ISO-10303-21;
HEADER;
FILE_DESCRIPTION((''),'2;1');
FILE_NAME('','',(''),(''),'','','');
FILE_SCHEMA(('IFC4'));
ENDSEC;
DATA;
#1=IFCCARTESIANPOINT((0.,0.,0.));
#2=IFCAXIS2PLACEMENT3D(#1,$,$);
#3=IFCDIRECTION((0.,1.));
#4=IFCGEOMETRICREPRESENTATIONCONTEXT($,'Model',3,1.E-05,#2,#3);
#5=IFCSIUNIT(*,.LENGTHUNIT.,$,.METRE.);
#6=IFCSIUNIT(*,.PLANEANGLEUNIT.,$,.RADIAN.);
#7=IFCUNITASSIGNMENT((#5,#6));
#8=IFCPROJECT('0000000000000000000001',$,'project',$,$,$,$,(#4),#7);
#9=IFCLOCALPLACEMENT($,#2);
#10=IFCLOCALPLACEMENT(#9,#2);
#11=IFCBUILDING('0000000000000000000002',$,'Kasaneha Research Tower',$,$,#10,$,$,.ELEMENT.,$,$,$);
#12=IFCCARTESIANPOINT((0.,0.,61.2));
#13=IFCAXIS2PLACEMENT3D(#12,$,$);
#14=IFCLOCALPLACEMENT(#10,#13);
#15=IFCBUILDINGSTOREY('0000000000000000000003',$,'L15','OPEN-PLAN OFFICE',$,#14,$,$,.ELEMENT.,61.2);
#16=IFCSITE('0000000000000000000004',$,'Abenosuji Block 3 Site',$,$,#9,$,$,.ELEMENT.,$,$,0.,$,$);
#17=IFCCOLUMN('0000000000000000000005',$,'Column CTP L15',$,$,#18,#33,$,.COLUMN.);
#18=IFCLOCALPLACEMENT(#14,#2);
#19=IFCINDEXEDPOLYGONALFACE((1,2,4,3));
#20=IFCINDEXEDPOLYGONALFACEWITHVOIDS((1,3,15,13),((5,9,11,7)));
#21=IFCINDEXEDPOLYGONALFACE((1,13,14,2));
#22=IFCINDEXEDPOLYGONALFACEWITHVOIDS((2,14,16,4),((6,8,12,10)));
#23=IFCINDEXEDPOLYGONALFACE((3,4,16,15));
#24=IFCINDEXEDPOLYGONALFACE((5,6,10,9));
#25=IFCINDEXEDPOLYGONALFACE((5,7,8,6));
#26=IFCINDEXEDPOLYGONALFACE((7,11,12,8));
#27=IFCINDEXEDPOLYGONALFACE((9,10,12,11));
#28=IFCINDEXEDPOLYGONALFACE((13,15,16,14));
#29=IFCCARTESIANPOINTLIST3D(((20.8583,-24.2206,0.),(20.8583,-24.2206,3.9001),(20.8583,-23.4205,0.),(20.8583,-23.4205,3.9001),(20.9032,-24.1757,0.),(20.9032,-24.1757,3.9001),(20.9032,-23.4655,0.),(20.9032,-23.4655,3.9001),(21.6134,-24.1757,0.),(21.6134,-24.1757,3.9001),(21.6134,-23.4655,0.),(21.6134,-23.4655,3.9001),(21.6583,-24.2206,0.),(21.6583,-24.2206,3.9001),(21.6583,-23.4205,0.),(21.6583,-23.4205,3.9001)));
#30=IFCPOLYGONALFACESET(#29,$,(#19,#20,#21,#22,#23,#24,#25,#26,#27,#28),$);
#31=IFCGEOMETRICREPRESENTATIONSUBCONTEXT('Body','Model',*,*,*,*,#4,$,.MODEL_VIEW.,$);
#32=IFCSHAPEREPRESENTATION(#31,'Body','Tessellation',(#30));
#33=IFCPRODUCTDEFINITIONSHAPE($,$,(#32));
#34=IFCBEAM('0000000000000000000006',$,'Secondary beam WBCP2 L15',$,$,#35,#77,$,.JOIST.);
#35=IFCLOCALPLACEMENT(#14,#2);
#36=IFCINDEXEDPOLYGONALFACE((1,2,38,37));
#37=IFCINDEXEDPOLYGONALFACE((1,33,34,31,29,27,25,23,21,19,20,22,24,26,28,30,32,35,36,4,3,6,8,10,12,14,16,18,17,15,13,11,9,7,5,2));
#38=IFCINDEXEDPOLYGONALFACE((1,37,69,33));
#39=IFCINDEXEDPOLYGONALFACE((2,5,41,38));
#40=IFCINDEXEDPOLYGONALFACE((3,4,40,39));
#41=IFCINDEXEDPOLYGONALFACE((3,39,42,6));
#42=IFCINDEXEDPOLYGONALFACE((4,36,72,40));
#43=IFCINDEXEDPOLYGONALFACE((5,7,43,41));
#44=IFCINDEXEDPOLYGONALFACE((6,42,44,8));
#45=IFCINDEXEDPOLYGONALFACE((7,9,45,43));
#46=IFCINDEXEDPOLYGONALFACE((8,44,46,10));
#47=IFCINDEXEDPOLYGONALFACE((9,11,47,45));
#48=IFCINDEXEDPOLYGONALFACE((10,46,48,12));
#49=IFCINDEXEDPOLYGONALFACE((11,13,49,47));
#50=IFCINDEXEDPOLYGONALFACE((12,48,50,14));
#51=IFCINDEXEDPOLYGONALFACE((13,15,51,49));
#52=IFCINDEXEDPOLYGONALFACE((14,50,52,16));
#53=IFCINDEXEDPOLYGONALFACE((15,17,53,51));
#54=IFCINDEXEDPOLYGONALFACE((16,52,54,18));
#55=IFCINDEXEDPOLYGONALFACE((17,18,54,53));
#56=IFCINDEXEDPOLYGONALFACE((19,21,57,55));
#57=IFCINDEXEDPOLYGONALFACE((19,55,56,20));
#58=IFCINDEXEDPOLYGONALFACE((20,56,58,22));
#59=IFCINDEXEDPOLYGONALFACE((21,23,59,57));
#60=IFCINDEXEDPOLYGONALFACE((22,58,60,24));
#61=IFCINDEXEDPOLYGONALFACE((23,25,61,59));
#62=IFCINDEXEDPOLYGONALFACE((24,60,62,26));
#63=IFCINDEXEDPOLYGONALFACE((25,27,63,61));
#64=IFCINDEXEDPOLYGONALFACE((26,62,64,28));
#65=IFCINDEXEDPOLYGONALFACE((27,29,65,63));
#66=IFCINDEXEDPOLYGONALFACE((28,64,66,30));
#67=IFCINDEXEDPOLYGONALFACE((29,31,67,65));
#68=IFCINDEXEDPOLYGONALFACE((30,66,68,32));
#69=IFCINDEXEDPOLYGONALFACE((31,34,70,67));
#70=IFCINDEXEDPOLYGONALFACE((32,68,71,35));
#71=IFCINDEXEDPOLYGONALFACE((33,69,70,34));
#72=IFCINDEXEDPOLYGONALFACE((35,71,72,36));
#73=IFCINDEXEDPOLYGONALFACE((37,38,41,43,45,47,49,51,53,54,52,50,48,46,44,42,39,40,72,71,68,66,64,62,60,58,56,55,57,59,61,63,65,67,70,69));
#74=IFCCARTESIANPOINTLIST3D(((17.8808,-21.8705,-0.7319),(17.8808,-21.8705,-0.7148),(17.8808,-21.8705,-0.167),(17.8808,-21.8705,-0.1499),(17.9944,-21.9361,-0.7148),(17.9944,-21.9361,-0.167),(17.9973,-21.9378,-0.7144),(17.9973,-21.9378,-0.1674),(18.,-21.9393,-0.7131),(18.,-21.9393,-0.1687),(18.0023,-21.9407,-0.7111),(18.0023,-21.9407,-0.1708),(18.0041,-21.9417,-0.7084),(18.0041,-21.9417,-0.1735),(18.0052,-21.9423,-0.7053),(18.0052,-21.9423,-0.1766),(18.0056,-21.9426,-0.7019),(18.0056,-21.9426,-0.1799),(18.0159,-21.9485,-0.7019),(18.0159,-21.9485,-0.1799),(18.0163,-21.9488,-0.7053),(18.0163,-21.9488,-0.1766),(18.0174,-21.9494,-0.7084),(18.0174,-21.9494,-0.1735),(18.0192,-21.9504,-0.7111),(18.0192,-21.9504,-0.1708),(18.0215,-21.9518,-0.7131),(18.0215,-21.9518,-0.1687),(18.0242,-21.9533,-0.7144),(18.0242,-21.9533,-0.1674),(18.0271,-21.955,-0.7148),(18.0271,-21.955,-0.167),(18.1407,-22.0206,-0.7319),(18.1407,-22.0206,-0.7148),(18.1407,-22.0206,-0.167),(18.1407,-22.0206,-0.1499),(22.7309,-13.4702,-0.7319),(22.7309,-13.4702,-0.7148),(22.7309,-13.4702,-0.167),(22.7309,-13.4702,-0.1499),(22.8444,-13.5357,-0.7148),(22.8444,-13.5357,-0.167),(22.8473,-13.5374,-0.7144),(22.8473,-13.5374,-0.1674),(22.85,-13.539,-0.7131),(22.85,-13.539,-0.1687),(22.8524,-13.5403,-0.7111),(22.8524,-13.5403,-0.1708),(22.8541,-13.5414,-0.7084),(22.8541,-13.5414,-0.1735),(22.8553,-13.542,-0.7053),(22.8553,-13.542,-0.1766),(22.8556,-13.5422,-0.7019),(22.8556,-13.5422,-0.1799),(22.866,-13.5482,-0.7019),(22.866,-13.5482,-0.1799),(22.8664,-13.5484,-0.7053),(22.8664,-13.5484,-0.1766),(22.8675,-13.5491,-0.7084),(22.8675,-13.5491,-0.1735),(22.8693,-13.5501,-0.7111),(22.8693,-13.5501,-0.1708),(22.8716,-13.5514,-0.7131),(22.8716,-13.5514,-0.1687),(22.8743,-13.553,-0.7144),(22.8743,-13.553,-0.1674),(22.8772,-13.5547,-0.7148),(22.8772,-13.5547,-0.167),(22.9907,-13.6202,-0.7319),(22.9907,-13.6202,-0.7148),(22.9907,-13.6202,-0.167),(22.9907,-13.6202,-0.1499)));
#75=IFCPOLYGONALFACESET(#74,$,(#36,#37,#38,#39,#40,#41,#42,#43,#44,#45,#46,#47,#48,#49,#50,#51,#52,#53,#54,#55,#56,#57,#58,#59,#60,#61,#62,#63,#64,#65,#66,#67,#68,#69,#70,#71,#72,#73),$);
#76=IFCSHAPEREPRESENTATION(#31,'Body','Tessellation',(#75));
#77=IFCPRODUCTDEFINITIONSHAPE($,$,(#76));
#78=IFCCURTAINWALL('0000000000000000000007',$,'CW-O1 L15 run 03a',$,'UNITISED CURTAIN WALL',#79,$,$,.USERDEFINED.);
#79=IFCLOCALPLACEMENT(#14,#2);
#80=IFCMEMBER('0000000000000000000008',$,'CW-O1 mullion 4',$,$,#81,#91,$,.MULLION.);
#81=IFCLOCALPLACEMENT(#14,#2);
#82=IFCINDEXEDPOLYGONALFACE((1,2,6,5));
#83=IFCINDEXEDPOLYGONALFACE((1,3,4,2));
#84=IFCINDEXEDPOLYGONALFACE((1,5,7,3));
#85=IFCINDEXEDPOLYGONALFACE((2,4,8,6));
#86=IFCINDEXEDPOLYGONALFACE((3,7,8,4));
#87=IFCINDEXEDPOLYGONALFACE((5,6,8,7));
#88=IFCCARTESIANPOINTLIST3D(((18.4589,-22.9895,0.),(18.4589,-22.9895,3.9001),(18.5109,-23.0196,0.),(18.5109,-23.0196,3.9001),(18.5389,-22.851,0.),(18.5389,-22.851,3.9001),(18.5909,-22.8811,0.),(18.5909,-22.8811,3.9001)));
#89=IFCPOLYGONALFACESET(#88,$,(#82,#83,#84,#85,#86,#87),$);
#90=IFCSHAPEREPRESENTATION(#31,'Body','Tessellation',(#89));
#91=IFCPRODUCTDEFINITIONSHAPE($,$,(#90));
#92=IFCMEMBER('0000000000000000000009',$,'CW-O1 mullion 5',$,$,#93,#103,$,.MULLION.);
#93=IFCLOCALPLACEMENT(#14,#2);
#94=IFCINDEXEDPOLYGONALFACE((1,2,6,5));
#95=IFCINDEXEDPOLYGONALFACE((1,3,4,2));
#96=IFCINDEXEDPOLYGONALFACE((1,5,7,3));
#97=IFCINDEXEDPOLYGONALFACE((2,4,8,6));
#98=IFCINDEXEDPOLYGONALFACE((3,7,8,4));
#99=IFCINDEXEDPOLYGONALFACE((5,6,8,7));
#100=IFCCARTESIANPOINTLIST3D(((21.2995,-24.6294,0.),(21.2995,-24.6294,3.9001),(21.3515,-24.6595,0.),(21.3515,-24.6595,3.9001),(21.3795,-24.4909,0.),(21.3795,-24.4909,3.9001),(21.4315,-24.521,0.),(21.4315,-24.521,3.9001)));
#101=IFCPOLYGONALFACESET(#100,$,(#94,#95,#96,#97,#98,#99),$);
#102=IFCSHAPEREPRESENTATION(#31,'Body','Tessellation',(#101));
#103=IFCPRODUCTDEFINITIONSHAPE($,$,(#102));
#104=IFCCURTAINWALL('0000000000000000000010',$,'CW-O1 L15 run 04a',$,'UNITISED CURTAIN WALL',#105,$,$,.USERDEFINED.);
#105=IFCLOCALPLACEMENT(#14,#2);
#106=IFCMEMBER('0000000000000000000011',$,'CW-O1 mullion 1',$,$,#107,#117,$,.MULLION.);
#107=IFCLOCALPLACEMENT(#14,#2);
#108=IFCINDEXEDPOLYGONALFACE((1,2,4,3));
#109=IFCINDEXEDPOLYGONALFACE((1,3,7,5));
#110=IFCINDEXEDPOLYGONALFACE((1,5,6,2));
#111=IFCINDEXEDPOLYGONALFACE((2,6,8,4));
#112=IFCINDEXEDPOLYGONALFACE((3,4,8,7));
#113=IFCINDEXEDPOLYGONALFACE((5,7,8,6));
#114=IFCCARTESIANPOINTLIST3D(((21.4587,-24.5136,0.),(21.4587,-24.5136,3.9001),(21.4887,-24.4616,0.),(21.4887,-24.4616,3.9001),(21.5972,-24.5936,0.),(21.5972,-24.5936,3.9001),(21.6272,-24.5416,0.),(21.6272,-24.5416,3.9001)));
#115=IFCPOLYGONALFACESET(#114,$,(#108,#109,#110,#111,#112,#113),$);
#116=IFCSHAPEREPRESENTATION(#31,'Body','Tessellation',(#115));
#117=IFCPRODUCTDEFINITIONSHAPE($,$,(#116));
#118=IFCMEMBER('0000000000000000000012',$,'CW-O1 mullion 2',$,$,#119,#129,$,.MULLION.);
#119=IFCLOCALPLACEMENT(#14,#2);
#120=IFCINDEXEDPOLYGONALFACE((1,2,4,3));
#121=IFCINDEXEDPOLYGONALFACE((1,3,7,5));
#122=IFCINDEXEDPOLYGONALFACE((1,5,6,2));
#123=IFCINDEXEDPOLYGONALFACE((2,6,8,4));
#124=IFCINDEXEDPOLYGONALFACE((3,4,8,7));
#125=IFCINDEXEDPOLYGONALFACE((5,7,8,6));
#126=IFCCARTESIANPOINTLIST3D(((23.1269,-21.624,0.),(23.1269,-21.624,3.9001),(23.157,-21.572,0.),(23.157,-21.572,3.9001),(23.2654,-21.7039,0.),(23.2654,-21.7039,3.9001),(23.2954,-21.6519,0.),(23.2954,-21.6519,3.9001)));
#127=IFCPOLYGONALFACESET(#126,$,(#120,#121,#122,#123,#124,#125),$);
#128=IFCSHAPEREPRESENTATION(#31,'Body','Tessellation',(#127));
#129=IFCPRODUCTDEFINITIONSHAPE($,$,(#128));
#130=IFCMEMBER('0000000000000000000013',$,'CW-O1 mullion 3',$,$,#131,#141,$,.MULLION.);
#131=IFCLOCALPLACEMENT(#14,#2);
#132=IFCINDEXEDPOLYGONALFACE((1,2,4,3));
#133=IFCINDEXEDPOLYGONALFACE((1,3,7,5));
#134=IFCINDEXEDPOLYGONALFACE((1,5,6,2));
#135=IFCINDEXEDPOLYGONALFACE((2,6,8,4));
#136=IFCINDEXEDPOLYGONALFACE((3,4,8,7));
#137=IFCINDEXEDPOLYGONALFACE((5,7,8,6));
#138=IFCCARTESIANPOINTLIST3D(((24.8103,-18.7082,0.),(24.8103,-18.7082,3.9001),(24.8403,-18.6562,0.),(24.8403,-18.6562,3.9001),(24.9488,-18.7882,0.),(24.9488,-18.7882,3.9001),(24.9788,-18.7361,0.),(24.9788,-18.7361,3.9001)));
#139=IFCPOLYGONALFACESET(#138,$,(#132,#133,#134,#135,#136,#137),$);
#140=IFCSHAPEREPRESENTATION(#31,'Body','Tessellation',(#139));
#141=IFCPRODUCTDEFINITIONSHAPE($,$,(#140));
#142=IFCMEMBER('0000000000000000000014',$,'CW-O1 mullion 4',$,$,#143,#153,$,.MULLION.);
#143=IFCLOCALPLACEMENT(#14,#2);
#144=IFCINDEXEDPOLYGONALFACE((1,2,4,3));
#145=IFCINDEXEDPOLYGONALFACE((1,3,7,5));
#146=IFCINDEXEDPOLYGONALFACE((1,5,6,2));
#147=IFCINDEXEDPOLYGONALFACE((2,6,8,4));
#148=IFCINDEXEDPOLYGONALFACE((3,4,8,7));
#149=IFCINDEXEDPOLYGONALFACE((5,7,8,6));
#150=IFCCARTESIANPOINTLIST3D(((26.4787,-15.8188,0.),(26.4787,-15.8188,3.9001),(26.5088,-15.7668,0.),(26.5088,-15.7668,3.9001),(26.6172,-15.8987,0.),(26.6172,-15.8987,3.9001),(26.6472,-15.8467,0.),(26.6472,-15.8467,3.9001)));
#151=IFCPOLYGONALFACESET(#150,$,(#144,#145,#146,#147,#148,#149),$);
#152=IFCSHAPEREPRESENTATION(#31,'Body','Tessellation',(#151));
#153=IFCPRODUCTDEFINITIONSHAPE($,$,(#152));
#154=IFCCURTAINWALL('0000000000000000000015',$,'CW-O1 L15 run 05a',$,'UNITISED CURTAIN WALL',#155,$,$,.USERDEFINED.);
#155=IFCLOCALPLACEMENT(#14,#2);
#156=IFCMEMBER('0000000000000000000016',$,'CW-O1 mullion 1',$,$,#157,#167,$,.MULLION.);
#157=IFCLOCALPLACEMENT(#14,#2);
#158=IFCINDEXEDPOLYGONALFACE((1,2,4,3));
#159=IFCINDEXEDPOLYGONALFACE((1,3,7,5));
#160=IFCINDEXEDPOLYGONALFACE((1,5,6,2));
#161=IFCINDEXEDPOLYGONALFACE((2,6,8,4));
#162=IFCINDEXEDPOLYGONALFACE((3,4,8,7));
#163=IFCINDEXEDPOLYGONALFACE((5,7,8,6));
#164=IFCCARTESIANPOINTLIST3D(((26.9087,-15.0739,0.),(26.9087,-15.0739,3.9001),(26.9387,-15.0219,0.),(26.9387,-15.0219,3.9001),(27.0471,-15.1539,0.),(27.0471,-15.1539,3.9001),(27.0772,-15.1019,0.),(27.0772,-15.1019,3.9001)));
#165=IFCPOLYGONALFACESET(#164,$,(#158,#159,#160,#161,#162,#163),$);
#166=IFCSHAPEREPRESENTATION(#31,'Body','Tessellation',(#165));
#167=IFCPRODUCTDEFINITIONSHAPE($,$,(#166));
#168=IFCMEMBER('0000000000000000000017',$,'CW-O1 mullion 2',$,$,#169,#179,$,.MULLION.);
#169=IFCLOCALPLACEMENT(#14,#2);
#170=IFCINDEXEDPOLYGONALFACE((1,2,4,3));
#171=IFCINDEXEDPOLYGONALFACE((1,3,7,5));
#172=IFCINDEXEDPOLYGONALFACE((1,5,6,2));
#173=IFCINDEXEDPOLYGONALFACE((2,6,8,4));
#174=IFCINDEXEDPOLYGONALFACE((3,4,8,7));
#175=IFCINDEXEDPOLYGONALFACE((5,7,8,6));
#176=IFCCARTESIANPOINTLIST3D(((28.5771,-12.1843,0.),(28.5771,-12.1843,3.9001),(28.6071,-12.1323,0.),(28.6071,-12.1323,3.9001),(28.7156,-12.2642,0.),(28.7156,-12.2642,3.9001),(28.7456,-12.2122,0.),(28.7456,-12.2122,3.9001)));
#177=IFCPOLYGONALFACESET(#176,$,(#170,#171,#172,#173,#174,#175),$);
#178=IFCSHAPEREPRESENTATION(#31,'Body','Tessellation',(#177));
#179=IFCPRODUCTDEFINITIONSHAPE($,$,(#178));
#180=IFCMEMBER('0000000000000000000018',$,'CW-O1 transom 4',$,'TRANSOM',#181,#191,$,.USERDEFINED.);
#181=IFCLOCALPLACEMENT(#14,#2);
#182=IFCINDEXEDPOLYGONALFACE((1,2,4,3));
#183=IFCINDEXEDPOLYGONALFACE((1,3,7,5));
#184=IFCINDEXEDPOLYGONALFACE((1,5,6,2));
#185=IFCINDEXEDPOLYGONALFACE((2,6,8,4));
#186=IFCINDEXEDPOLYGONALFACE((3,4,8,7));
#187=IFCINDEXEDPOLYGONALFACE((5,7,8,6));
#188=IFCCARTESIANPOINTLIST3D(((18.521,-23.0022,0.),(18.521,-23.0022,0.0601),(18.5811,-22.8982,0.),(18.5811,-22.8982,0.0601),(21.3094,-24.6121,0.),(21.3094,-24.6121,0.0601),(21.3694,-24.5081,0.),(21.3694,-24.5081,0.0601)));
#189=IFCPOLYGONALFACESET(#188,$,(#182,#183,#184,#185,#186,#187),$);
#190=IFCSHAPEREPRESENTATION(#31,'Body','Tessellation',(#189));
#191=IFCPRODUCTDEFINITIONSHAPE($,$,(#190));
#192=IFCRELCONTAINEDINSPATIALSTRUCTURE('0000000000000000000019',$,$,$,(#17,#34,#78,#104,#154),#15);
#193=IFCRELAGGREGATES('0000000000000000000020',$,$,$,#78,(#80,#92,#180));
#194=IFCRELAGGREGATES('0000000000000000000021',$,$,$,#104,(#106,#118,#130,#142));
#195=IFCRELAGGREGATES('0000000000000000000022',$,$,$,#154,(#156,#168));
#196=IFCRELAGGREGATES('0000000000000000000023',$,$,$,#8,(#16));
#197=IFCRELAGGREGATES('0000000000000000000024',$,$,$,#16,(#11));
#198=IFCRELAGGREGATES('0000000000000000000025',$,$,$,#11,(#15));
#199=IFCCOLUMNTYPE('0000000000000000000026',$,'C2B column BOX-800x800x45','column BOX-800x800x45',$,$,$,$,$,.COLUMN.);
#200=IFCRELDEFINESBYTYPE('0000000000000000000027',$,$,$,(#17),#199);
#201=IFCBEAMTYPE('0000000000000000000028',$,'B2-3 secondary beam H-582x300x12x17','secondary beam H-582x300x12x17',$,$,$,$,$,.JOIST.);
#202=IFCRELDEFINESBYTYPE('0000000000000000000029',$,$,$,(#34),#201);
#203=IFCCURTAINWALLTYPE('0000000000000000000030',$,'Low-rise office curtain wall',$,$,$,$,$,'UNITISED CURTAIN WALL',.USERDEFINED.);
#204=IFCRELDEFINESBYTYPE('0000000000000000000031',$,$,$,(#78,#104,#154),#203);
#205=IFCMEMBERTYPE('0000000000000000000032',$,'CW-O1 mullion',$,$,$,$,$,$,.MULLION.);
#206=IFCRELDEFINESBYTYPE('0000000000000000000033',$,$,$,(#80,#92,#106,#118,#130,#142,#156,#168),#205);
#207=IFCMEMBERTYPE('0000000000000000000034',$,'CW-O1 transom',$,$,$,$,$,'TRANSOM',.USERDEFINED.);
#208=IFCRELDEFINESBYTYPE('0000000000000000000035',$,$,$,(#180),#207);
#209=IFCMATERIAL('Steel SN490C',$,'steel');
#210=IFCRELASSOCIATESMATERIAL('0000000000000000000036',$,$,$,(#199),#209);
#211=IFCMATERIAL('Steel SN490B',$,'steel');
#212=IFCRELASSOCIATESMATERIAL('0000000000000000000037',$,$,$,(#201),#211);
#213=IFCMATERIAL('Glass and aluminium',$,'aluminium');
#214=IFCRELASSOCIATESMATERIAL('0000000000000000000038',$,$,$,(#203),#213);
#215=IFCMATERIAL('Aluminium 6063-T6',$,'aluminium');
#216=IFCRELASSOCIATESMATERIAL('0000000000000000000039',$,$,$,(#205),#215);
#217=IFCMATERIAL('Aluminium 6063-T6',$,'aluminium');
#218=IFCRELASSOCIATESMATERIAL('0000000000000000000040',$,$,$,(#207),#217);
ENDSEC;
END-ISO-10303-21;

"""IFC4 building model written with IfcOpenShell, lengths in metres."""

from ifc_helpers import new_model, si_unit, direction, frame, origin, origin_2d, place, context, subcontext, project, spatial, rectangle, hollow_rectangle, i_section, extrude, material, material_profile, profile_set, type_object, element, aggregate, save


model = new_model("IFC4")

# Units and contexts
model_context = context("Model", 3, precision=1e-05, world=origin(), true_north=direction((0.0, 1.0)))
body_context = subcontext(model_context, "Body", "Model", "MODEL_VIEW")
ifc_project = project(units=[si_unit("LENGTHUNIT", "METRE"), si_unit("PLANEANGLEUNIT", "RADIAN")], contexts=[model_context])

# Site, building, storey
site_placement = place(None, origin())
site = spatial("IfcSite", under=ifc_project, at=site_placement, Name="Abenosuji Block 3 Site", CompositionType="ELEMENT", RefElevation=0.0)
building_placement = place(site_placement, origin())
building = spatial("IfcBuilding", under=site, at=building_placement, Name="Kasaneha Research Tower", CompositionType="ELEMENT")
storey_placement = place(building_placement, frame((0.0, 0.0, 61.2)))
storey = spatial("IfcBuildingStorey", under=building, at=storey_placement, Name="L15", Description="OPEN-PLAN OFFICE", CompositionType="ELEMENT", Elevation=61.2)

# Column
ifc_material_1 = material(Name="Steel SN490C", Category="steel")
ifc_material_profile_1 = material_profile(ifc_material_1, hollow_rectangle(XDim=0.8, YDim=0.8, WallThickness=0.0449, at=origin_2d()), Name="BOX-800x800x45")
ifc_profile_set_1 = profile_set([ifc_material_profile_1], Name="Steel SN490C")
column_type = type_object("IfcColumnType", Name="C2B column BOX-800x800x45", Description="column BOX-800x800x45", PredefinedType="COLUMN", material=ifc_profile_set_1)
column_placement = place(storey_placement, frame((21.2583, -23.8206, 0.0), z_axis=(0.0, 0.0, 1.0), x_axis=(1.0, 0.0, 0.0)))
element("IfcColumn", 1, at=column_placement, inside=storey, type_object=column_type, Name="Column CTP L15", PredefinedType="COLUMN", context=body_context, shape_type="SweptSolid", body=[
    extrude(hollow_rectangle(XDim=0.8, YDim=0.8, WallThickness=0.0449, at=origin_2d()), origin(), (0.0, 0.0, 1.0), 3.9001),
])

# Beam
ifc_material_2 = material(Name="Steel SN490B", Category="steel")
ifc_material_profile_2 = material_profile(ifc_material_2, i_section(OverallWidth=0.3, OverallDepth=0.582, WebThickness=0.012, FlangeThickness=0.0171, FilletRadius=0.0129, at=origin_2d()), Name="H-582x300x12x17")
ifc_profile_set_2 = profile_set([ifc_material_profile_2], Name="Steel SN490B")
beam_type_1 = type_object("IfcBeamType", Name="B2-3 secondary beam H-582x300x12x17", Description="secondary beam H-582x300x12x17", PredefinedType="JOIST", material=ifc_profile_set_2)
beam_1_placement = place(storey_placement, frame((18.0107, -21.9456, -0.4409), z_axis=(0.50001, 0.86602, 0.0), x_axis=(-0.86602, 0.50001, 0.0)))
element("IfcBeam", 2, at=beam_1_placement, inside=storey, type_object=beam_type_1, Name="Secondary beam WBCP2 L15", PredefinedType="JOIST", context=body_context, shape_type="SweptSolid", body=[
    extrude(i_section(OverallWidth=0.3, OverallDepth=0.582, WebThickness=0.012, FlangeThickness=0.0171, FilletRadius=0.0129, at=origin_2d()), origin(), (0.0, 0.0, 1.0), 9.7),
])

# Curtain walls, members
ifc_material_3 = material(Name="Glass and aluminium", Category="aluminium")
curtain_wall_type = type_object("IfcCurtainWallType", Name="Low-rise office curtain wall", ElementType="UNITISED CURTAIN WALL", PredefinedType="USERDEFINED", material=ifc_material_3)
curtain_wall_1_placement = place(storey_placement, origin())
curtain_wall_1 = element("IfcCurtainWall", 3, at=curtain_wall_1_placement, inside=storey, type_object=curtain_wall_type, Name="CW-O1 L15 run 03a", ObjectType="UNITISED CURTAIN WALL", PredefinedType="USERDEFINED")
ifc_material_4 = material(Name="Aluminium 6063-T6", Category="aluminium")
ifc_material_profile_3 = material_profile(ifc_material_4, rectangle(XDim=0.0601, YDim=0.1599, at=origin_2d()), Name="CW-O1 mullion 60x160")
ifc_profile_set_3 = profile_set([ifc_material_profile_3], Name="Aluminium 6063-T6")
member_type_1 = type_object("IfcMemberType", Name="CW-O1 mullion", PredefinedType="MULLION", material=ifc_profile_set_3)
member_1_placement = place(storey_placement, frame((18.5249, -22.9353, 0.0), z_axis=(0.0, 0.0, 1.0), x_axis=(0.866025, -0.5, 0.0)))
member_1 = element("IfcMember", 4, at=member_1_placement, type_object=member_type_1, Name="CW-O1 mullion 4", PredefinedType="MULLION", context=body_context, shape_type="SweptSolid", body=[
    extrude(rectangle(XDim=0.0601, YDim=0.1599, at=origin_2d()), origin(), (0.0, 0.0, 1.0), 3.9001),
])
member_2_placement = place(storey_placement, frame((21.3655, -24.5752, 0.0), z_axis=(0.0, 0.0, 1.0), x_axis=(0.866025, -0.5, 0.0)))
member_2 = element("IfcMember", 5, at=member_2_placement, type_object=member_type_1, Name="CW-O1 mullion 5", PredefinedType="MULLION", context=body_context, shape_type="SweptSolid", body=[
    extrude(rectangle(XDim=0.0601, YDim=0.1599, at=origin_2d()), origin(), (0.0, 0.0, 1.0), 3.9001),
])
curtain_wall_2_placement = place(storey_placement, origin())
curtain_wall_2 = element("IfcCurtainWall", 6, at=curtain_wall_2_placement, inside=storey, type_object=curtain_wall_type, Name="CW-O1 L15 run 04a", ObjectType="UNITISED CURTAIN WALL", PredefinedType="USERDEFINED")
member_3_placement = place(storey_placement, frame((21.543, -24.5276, 0.0), z_axis=(0.0, 0.0, 1.0), x_axis=(0.5, 0.866025, 0.0)))
member_3 = element("IfcMember", 7, at=member_3_placement, type_object=member_type_1, Name="CW-O1 mullion 1", PredefinedType="MULLION", context=body_context, shape_type="SweptSolid", body=[
    extrude(rectangle(XDim=0.0601, YDim=0.1599, at=origin_2d()), origin(), (0.0, 0.0, 1.0), 3.9001),
])
member_4_placement = place(storey_placement, frame((23.2112, -21.6379, 0.0), z_axis=(0.0, 0.0, 1.0), x_axis=(0.5, 0.866025, 0.0)))
member_4 = element("IfcMember", 8, at=member_4_placement, type_object=member_type_1, Name="CW-O1 mullion 2", PredefinedType="MULLION", context=body_context, shape_type="SweptSolid", body=[
    extrude(rectangle(XDim=0.0601, YDim=0.1599, at=origin_2d()), origin(), (0.0, 0.0, 1.0), 3.9001),
])
member_5_placement = place(storey_placement, frame((24.8945, -18.7222, 0.0), z_axis=(0.0, 0.0, 1.0), x_axis=(0.5, 0.866025, 0.0)))
member_5 = element("IfcMember", 9, at=member_5_placement, type_object=member_type_1, Name="CW-O1 mullion 3", PredefinedType="MULLION", context=body_context, shape_type="SweptSolid", body=[
    extrude(rectangle(XDim=0.0601, YDim=0.1599, at=origin_2d()), origin(), (0.0, 0.0, 1.0), 3.9001),
])
member_6_placement = place(storey_placement, frame((26.563, -15.8328, 0.0), z_axis=(0.0, 0.0, 1.0), x_axis=(0.5, 0.866025, 0.0)))
member_6 = element("IfcMember", 10, at=member_6_placement, type_object=member_type_1, Name="CW-O1 mullion 4", PredefinedType="MULLION", context=body_context, shape_type="SweptSolid", body=[
    extrude(rectangle(XDim=0.0601, YDim=0.1599, at=origin_2d()), origin(), (0.0, 0.0, 1.0), 3.9001),
])
curtain_wall_3_placement = place(storey_placement, origin())
curtain_wall_3 = element("IfcCurtainWall", 11, at=curtain_wall_3_placement, inside=storey, type_object=curtain_wall_type, Name="CW-O1 L15 run 05a", ObjectType="UNITISED CURTAIN WALL", PredefinedType="USERDEFINED")
member_7_placement = place(storey_placement, frame((26.9929, -15.0879, 0.0), z_axis=(0.0, 0.0, 1.0), x_axis=(0.5, 0.866025, 0.0)))
member_7 = element("IfcMember", 12, at=member_7_placement, type_object=member_type_1, Name="CW-O1 mullion 1", PredefinedType="MULLION", context=body_context, shape_type="SweptSolid", body=[
    extrude(rectangle(XDim=0.0601, YDim=0.1599, at=origin_2d()), origin(), (0.0, 0.0, 1.0), 3.9001),
])
member_8_placement = place(storey_placement, frame((28.6614, -12.1982, 0.0), z_axis=(0.0, 0.0, 1.0), x_axis=(0.5, 0.866025, 0.0)))
member_8 = element("IfcMember", 13, at=member_8_placement, type_object=member_type_1, Name="CW-O1 mullion 2", PredefinedType="MULLION", context=body_context, shape_type="SweptSolid", body=[
    extrude(rectangle(XDim=0.0601, YDim=0.1599, at=origin_2d()), origin(), (0.0, 0.0, 1.0), 3.9001),
])

# Member
ifc_material_5 = material(Name="Aluminium 6063-T6", Category="aluminium")
ifc_material_profile_4 = material_profile(ifc_material_5, rectangle(XDim=0.1201, YDim=0.0601, at=origin_2d()), Name="CW-O1 transom 120x60")
ifc_profile_set_4 = profile_set([ifc_material_profile_4], Name="Aluminium 6063-T6")
member_type_2 = type_object("IfcMemberType", Name="CW-O1 transom", ElementType="TRANSOM", PredefinedType="USERDEFINED", material=ifc_profile_set_4)
member_9_placement = place(storey_placement, frame((18.551, -22.9502, 0.03), z_axis=(0.866023, -0.500005, 0.0), x_axis=(0.500005, 0.866023, 0.0)))
member_9 = element("IfcMember", 14, at=member_9_placement, type_object=member_type_2, Name="CW-O1 transom 4", ObjectType="TRANSOM", PredefinedType="USERDEFINED", context=body_context, shape_type="SweptSolid", body=[
    extrude(rectangle(XDim=0.1201, YDim=0.0601, at=origin_2d()), origin(), (0.0, 0.0, 1.0), 3.2197),
])

aggregate(curtain_wall_1, [member_1, member_2, member_9])
aggregate(curtain_wall_2, [member_3, member_4, member_5, member_6])
aggregate(curtain_wall_3, [member_7, member_8])

save(model, "model.ifc")
